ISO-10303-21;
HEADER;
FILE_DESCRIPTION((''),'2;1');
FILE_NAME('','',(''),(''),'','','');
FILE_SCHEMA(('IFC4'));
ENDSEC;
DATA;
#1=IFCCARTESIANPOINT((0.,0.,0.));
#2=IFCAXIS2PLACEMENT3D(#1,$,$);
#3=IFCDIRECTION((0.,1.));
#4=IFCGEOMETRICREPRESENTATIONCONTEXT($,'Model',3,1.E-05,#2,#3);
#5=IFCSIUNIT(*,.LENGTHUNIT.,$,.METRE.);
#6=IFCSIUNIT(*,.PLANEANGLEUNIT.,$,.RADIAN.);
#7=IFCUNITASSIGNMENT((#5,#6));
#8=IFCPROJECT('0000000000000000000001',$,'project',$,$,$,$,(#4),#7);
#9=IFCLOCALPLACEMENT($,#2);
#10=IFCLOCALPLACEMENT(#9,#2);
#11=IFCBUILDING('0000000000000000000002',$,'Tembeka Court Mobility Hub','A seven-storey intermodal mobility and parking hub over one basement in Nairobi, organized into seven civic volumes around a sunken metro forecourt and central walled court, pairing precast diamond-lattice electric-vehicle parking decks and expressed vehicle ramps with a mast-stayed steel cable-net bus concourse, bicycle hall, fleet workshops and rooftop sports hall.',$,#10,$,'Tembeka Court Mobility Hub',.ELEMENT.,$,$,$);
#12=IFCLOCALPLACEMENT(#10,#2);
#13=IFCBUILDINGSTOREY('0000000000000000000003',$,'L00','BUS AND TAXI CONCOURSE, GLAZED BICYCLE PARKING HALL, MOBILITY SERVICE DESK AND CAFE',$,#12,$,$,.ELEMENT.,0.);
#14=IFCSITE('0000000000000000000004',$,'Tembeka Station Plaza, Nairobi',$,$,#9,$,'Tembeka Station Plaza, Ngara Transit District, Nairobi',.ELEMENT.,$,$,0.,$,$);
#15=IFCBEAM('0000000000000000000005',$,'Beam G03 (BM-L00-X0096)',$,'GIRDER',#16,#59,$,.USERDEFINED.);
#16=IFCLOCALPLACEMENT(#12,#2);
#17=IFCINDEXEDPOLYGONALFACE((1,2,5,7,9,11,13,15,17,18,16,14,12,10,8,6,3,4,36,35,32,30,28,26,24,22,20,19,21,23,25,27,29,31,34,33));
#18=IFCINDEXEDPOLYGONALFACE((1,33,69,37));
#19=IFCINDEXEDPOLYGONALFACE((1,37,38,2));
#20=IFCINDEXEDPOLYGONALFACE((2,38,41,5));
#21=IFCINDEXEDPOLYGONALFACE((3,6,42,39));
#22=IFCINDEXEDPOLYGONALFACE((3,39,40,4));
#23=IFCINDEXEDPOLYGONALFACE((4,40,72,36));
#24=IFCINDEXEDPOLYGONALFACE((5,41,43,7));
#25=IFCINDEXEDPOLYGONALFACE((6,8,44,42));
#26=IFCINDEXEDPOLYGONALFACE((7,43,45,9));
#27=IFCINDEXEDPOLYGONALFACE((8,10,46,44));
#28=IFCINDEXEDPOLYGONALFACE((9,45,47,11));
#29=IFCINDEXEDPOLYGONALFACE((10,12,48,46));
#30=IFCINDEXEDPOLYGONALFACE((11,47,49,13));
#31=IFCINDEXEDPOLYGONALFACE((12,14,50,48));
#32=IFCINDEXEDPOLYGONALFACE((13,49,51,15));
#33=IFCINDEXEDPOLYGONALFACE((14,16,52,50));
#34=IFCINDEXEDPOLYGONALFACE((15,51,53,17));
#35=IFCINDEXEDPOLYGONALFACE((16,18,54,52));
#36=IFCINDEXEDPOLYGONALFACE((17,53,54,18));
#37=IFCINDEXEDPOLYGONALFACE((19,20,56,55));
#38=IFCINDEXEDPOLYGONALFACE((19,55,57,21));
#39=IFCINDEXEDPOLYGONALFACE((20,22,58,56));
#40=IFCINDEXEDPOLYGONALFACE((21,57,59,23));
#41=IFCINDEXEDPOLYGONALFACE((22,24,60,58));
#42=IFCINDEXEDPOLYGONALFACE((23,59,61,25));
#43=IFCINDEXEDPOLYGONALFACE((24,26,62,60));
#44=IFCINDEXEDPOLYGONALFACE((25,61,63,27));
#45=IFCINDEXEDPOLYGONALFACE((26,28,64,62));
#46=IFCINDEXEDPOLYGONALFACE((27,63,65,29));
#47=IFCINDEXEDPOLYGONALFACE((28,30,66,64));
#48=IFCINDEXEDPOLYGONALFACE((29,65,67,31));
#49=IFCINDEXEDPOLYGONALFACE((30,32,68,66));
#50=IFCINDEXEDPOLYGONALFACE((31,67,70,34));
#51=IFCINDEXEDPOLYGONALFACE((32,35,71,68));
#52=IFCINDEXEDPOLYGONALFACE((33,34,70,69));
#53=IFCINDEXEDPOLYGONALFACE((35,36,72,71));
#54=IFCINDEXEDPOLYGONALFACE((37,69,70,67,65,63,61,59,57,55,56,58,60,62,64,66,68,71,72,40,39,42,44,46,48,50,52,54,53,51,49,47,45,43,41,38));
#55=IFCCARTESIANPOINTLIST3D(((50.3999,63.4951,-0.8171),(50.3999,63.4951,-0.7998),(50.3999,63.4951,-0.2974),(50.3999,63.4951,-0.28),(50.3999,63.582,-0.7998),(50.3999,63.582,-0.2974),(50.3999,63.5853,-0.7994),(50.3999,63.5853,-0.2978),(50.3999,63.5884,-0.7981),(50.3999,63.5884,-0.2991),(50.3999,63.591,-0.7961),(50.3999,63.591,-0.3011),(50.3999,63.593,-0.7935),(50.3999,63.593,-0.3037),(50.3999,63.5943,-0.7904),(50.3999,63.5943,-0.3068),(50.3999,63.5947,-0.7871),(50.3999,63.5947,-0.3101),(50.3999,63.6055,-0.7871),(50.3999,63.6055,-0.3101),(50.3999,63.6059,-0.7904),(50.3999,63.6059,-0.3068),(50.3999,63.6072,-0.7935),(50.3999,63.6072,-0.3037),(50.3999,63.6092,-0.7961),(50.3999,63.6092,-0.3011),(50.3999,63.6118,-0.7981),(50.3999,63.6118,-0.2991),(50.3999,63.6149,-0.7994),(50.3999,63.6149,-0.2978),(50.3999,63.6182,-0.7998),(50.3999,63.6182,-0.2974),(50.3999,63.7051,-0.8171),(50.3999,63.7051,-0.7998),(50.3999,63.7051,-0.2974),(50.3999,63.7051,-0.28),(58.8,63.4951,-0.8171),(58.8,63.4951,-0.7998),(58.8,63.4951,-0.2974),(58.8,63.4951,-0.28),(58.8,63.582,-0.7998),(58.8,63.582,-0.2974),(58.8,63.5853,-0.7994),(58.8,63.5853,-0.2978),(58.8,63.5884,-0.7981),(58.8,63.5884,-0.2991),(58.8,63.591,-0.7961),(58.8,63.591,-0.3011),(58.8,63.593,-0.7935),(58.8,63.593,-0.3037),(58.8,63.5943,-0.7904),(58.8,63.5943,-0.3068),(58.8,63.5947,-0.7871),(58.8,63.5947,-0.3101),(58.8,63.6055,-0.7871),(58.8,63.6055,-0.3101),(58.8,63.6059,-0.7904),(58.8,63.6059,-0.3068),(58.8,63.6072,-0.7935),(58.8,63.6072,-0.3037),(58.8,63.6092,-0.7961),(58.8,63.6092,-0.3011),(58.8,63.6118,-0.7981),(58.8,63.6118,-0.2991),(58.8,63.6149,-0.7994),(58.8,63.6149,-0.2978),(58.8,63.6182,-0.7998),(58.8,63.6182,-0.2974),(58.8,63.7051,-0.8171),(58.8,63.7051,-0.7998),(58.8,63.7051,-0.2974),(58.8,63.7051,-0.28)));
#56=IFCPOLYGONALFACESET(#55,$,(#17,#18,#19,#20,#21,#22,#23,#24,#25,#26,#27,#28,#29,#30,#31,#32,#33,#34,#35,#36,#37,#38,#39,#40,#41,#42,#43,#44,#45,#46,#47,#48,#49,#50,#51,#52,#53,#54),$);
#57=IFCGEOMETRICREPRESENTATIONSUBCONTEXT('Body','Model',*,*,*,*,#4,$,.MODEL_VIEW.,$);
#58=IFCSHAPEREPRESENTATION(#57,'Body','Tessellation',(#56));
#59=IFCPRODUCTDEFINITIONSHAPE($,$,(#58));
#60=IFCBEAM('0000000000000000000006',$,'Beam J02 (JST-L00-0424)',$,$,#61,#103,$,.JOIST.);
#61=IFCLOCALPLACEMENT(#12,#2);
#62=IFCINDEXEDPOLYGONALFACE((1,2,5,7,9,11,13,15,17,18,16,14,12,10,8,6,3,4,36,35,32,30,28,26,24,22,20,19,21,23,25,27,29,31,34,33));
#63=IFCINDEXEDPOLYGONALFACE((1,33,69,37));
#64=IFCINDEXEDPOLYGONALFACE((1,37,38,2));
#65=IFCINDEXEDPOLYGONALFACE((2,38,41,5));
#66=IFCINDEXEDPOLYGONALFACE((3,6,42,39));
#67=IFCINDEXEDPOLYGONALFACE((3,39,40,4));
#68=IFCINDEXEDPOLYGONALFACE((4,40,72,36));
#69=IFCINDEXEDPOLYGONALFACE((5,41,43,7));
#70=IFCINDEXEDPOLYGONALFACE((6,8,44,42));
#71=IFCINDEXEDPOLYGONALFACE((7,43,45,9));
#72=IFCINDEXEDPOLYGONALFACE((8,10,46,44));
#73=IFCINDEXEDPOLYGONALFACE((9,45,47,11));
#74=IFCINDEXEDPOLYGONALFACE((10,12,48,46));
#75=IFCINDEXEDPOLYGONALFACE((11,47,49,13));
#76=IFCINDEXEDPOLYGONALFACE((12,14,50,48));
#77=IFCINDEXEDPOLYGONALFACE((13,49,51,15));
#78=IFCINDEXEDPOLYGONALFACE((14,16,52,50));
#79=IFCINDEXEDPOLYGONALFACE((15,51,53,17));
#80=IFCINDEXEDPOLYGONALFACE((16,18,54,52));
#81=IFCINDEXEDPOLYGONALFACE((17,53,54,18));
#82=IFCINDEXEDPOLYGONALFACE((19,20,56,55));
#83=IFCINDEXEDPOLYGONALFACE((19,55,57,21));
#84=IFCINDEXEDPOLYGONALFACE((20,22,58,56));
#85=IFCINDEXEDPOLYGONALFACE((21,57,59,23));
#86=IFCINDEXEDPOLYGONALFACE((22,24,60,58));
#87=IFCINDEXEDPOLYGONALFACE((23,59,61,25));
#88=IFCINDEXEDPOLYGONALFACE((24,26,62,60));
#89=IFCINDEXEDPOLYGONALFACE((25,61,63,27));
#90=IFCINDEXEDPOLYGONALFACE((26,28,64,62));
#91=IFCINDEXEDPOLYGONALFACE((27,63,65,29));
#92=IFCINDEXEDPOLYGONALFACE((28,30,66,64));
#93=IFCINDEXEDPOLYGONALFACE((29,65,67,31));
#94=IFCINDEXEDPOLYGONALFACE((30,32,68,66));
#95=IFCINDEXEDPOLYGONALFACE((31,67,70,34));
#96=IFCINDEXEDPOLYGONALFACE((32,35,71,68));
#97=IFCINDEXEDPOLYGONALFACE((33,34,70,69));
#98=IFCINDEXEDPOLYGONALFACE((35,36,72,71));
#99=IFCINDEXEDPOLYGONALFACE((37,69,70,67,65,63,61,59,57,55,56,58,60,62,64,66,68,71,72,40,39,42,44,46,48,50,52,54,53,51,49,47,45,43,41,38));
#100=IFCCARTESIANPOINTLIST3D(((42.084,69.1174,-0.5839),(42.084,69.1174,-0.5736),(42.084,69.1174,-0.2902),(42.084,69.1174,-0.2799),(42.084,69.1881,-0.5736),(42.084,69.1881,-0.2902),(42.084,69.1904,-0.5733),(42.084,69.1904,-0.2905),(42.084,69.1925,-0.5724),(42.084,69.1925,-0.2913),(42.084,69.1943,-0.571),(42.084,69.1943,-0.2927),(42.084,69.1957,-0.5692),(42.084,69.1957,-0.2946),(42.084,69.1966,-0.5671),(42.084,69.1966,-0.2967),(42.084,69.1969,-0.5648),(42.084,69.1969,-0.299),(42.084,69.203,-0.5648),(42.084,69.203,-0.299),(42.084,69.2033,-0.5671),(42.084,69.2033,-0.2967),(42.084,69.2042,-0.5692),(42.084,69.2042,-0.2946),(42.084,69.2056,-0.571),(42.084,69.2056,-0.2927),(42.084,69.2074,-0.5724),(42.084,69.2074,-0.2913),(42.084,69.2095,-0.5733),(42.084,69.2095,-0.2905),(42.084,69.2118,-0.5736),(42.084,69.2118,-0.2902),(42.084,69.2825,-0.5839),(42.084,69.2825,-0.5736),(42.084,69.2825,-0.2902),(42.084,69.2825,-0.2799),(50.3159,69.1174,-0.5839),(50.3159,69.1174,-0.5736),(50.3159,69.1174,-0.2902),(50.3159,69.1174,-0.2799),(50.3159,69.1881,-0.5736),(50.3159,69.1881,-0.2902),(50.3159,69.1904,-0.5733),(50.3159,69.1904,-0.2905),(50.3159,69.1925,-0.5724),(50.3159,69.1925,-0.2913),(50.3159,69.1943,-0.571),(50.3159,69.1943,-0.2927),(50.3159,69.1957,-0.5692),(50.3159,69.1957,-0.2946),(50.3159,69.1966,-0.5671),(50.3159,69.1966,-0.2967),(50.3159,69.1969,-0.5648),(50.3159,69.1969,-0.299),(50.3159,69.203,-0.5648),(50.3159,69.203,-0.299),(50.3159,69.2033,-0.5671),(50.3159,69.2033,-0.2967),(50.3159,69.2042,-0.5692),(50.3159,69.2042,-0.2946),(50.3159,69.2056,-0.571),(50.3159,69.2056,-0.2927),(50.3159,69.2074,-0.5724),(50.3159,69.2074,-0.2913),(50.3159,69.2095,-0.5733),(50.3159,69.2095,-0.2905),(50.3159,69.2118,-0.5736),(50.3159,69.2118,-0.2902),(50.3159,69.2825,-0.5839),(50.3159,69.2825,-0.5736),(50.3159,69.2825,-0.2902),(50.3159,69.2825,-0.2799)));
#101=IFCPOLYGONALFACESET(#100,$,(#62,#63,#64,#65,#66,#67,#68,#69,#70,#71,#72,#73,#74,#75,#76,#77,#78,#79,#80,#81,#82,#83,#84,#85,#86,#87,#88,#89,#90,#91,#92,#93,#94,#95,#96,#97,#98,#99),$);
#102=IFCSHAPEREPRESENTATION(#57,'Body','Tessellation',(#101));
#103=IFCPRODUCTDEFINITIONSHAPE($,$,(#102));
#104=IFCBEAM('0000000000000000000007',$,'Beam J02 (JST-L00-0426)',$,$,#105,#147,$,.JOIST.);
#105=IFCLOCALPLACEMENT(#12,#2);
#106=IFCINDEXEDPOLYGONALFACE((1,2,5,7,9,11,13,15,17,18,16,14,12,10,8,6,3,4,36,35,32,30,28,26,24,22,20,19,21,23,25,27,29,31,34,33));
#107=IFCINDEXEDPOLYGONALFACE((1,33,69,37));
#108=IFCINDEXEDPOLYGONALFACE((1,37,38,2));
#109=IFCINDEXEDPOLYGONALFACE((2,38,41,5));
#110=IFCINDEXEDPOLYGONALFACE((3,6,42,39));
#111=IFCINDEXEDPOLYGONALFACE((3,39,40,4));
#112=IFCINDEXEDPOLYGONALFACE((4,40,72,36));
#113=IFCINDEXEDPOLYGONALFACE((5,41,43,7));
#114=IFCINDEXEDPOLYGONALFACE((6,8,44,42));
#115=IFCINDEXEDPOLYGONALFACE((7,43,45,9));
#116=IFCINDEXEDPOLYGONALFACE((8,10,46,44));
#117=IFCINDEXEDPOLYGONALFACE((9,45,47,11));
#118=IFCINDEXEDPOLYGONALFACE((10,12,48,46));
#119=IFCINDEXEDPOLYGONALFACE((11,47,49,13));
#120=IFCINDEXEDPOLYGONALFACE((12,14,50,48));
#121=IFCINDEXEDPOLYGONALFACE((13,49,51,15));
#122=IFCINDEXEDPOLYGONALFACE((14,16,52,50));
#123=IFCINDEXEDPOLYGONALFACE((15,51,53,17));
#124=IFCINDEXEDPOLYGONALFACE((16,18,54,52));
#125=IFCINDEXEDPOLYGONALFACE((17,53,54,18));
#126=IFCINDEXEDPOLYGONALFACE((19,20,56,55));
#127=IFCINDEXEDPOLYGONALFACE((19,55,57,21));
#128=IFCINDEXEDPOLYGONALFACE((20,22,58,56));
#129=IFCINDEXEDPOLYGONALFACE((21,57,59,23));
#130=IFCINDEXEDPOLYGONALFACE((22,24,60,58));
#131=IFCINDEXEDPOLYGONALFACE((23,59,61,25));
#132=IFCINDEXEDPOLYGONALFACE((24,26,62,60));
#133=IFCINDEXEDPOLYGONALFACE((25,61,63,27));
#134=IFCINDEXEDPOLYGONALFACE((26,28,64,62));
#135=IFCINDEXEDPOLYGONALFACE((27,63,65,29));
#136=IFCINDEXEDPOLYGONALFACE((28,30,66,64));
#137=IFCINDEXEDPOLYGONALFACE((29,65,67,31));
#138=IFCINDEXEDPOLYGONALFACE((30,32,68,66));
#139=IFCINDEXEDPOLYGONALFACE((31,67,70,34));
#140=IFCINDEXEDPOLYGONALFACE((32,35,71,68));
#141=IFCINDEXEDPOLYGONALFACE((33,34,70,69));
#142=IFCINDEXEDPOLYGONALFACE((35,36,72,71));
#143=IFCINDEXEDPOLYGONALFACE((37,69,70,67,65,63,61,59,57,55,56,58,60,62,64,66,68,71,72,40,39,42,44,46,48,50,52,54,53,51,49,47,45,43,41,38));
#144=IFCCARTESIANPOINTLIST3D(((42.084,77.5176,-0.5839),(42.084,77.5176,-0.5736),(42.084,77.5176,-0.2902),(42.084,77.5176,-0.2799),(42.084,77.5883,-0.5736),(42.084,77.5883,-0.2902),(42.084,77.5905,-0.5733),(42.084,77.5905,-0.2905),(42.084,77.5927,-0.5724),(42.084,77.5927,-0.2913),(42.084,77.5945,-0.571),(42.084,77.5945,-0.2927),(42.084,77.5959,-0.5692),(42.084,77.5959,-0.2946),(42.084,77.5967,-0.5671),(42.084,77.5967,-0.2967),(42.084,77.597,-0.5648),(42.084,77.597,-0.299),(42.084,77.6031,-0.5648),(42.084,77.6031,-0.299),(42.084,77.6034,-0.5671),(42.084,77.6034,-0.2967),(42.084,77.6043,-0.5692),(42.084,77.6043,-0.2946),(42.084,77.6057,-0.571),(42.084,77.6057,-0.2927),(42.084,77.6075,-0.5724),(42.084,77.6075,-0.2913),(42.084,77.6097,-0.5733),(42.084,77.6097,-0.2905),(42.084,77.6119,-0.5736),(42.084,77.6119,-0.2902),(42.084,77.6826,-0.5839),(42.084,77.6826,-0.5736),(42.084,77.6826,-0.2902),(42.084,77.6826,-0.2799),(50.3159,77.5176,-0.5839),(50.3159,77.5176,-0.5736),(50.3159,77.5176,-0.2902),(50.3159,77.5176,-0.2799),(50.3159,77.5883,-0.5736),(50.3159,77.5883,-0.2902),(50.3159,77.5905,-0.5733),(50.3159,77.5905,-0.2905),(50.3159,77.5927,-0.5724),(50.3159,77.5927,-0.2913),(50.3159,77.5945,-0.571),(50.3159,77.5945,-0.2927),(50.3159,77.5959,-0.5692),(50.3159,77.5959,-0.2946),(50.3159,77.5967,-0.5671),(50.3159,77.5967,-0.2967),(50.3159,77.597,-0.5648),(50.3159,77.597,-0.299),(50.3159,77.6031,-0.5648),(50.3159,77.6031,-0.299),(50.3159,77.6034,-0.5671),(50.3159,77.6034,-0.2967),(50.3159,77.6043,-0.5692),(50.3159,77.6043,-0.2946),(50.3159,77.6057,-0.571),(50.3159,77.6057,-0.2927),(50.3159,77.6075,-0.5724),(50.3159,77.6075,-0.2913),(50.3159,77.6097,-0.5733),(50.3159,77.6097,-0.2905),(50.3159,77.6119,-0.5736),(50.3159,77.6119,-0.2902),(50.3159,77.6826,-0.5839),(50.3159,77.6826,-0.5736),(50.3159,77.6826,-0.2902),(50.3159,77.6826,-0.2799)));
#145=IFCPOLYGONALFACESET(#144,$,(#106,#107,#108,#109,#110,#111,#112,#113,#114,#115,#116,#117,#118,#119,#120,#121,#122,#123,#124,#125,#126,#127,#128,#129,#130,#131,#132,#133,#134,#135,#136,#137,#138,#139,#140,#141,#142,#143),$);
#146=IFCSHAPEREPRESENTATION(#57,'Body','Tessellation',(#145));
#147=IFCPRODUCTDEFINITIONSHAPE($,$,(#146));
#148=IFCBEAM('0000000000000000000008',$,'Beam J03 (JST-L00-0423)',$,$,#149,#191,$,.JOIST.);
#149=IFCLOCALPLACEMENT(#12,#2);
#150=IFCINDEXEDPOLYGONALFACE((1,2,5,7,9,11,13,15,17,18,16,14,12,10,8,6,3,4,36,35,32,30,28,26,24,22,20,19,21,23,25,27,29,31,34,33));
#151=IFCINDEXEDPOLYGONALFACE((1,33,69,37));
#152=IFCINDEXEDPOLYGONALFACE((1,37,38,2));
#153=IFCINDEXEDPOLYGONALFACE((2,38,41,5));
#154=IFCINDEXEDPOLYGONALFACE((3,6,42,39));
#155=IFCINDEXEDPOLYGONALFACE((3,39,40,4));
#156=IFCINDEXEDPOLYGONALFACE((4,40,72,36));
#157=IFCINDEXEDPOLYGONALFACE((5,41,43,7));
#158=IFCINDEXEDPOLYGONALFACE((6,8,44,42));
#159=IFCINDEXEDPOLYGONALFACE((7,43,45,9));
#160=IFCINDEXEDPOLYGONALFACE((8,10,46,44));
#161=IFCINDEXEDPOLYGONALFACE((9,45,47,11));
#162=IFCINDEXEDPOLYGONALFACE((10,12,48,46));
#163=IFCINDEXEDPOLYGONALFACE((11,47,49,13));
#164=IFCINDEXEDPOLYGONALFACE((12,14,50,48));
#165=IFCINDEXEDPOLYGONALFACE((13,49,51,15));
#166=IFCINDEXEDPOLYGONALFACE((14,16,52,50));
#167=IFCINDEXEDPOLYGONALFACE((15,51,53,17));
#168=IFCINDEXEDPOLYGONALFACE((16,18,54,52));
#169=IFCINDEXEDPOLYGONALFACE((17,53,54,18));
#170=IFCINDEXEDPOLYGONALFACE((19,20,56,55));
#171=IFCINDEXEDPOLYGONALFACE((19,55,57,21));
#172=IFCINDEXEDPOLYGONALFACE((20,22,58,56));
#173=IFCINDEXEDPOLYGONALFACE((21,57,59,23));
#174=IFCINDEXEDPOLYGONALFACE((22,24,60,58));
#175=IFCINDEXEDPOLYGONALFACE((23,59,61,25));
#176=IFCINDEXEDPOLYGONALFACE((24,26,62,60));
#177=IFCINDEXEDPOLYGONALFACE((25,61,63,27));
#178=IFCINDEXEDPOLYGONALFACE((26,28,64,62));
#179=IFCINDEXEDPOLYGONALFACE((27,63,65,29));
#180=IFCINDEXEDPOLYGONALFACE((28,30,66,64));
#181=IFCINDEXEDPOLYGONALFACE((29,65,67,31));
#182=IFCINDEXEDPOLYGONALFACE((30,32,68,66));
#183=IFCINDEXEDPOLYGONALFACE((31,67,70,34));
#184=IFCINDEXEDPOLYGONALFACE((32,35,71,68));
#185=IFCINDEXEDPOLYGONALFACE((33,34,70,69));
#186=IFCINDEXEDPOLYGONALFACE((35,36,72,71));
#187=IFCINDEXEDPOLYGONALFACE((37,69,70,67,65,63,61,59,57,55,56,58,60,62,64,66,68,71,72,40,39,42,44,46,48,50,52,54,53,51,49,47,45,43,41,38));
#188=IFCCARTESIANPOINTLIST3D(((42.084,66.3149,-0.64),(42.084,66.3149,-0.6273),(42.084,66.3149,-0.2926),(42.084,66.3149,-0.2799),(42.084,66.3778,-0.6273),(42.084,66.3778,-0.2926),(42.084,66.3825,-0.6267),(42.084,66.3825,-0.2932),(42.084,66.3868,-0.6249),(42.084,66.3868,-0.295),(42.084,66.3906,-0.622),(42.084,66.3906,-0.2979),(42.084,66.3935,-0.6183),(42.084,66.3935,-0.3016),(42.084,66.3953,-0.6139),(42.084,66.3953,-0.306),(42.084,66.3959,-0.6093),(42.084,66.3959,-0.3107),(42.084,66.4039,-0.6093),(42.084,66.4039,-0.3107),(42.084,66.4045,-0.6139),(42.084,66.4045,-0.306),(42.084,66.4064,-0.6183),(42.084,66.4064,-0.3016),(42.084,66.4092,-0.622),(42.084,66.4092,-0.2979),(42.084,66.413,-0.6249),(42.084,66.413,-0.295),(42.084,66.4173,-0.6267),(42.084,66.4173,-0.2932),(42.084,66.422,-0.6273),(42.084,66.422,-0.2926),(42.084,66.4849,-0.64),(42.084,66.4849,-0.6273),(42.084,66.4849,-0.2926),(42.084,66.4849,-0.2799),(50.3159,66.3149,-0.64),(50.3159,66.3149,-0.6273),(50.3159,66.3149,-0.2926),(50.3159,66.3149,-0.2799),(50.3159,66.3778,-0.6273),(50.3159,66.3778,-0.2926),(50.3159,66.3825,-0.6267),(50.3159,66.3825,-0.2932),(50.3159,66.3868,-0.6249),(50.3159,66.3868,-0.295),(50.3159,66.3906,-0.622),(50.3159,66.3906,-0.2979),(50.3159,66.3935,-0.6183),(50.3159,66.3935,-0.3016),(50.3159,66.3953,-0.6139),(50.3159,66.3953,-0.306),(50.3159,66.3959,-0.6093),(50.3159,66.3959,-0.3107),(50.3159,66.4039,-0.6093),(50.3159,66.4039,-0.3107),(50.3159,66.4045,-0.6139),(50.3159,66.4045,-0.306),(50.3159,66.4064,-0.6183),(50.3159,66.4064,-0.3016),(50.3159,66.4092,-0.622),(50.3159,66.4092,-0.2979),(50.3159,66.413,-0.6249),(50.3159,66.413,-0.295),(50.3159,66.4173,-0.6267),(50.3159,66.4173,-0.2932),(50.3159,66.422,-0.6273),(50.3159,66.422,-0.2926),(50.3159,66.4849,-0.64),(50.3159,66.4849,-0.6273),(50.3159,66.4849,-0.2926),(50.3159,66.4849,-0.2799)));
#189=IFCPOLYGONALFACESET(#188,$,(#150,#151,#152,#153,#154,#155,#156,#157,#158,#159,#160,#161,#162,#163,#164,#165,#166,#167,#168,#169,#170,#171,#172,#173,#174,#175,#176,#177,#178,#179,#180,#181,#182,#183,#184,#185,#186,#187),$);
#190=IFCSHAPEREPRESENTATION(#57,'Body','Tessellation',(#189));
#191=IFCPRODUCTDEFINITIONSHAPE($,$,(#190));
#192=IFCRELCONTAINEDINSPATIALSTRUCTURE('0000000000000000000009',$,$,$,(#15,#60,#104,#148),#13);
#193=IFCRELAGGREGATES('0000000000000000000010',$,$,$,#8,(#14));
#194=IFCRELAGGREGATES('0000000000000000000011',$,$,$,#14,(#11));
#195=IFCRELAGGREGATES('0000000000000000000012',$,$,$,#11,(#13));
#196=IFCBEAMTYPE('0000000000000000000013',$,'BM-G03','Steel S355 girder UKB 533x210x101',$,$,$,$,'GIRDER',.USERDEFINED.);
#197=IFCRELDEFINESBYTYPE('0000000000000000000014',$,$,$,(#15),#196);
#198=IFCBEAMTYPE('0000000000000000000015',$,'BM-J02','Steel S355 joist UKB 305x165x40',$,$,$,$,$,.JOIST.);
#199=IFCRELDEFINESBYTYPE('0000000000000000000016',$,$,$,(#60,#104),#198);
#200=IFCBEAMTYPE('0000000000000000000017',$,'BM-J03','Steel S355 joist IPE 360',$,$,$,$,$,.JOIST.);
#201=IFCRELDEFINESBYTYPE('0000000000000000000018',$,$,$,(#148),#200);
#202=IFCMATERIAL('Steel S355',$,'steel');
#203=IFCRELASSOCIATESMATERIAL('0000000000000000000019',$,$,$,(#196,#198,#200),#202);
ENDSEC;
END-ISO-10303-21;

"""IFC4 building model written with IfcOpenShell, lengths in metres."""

from ifc_helpers import new_model, si_unit, direction, frame, origin, origin_2d, place, context, subcontext, project, spatial, i_section, extrude, material, material_profile, profile_set, type_object, element, save


model = new_model("IFC4")

# Units and contexts
model_context = context("Model", 3, precision=1e-05, world=origin(), true_north=direction((0.0, 1.0)))
body_context = subcontext(model_context, "Body", "Model", "MODEL_VIEW")
ifc_project = project(units=[si_unit("LENGTHUNIT", "METRE"), si_unit("PLANEANGLEUNIT", "RADIAN")], contexts=[model_context])

# Site, building, storey
site_placement = place(None, origin())
site = spatial("IfcSite", under=ifc_project, at=site_placement, Name="Tembeka Station Plaza, Nairobi", LongName="Tembeka Station Plaza, Ngara Transit District, Nairobi", CompositionType="ELEMENT", RefElevation=0.0)
building_placement = place(site_placement, origin())
building = spatial("IfcBuilding", under=site, at=building_placement, Name="Tembeka Court Mobility Hub", Description="A seven-storey intermodal mobility and parking hub over one basement in Nairobi, organized into seven civic volumes around a sunken metro forecourt and central walled court, pairing precast diamond-lattice electric-vehicle parking decks and expressed vehicle ramps with a mast-stayed steel cable-net bus concourse, bicycle hall, fleet workshops and rooftop sports hall.", LongName="Tembeka Court Mobility Hub", CompositionType="ELEMENT")
storey_placement = place(building_placement, origin())
storey = spatial("IfcBuildingStorey", under=building, at=storey_placement, Name="L00", Description="BUS AND TAXI CONCOURSE, GLAZED BICYCLE PARKING HALL, MOBILITY SERVICE DESK AND CAFE", CompositionType="ELEMENT", Elevation=0.0)

# Shared definitions
ifc_material_1 = material(Name="Steel S355", Category="steel")

# Beams
ifc_material_profile_1 = material_profile(ifc_material_1, i_section(OverallWidth=0.21, OverallDepth=0.5371, WebThickness=0.0107, FlangeThickness=0.0173, FilletRadius=0.0127, at=origin_2d()), Name="UKB 533x210x101")
ifc_profile_set_1 = profile_set([ifc_material_profile_1], Name="Steel S355")
beam_type_1 = type_object("IfcBeamType", Name="BM-G03", Description="Steel S355 girder UKB 533x210x101", ElementType="GIRDER", PredefinedType="USERDEFINED", material=ifc_profile_set_1)
beam_placement = place(storey_placement, frame((50.3999, 63.6001, -0.5486), z_axis=(1.0, 0.0, 0.0), x_axis=(0.0, 1.0, 0.0)))
element("IfcBeam", 1, at=beam_placement, inside=storey, type_object=beam_type_1, Name="Beam G03 (BM-L00-X0096)", ObjectType="GIRDER", PredefinedType="USERDEFINED", context=body_context, shape_type="SweptSolid", body=[
    extrude(i_section(OverallWidth=0.21, OverallDepth=0.5371, WebThickness=0.0107, FlangeThickness=0.0173, FilletRadius=0.0127, at=origin_2d()), origin(), (0.0, 0.0, 1.0), 8.4001),
])
ifc_material_profile_2 = material_profile(ifc_material_1, i_section(OverallWidth=0.165, OverallDepth=0.304, WebThickness=0.0061, FlangeThickness=0.0103, FilletRadius=0.0088, at=origin_2d()), Name="UKB 305x165x40")
ifc_profile_set_2 = profile_set([ifc_material_profile_2], Name="Steel S355")
beam_type_2 = type_object("IfcBeamType", Name="BM-J02", Description="Steel S355 joist UKB 305x165x40", PredefinedType="JOIST", material=ifc_profile_set_2)
for number, where, z_axis, x_axis, name in (
    (2, (42.084, 69.2, -0.4319), (1.0, 0.0, 0.0), (0.0, 1.0, 0.0), "Beam J02 (JST-L00-0424)"),
    (3, (42.084, 77.6001, -0.4319), (1.0, 0.0, 0.0), (0.0, 1.0, 0.0), "Beam J02 (JST-L00-0426)"),
):
    element("IfcBeam", number, at=place(storey_placement, frame(where, z_axis=z_axis, x_axis=x_axis)), inside=storey, type_object=beam_type_2, Name=name, PredefinedType="JOIST", context=body_context, shape_type="SweptSolid", body=[
        extrude(i_section(OverallWidth=0.165, OverallDepth=0.304, WebThickness=0.0061, FlangeThickness=0.0103, FilletRadius=0.0088, at=origin_2d()), origin(), (0.0, 0.0, 1.0), 8.2319),
    ])
ifc_material_profile_3 = material_profile(ifc_material_1, i_section(OverallWidth=0.1699, OverallDepth=0.3601, WebThickness=0.0081, FlangeThickness=0.0127, FilletRadius=0.0181, at=origin_2d()), Name="IPE 360")
ifc_profile_set_3 = profile_set([ifc_material_profile_3], Name="Steel S355")
beam_type_3 = type_object("IfcBeamType", Name="BM-J03", Description="Steel S355 joist IPE 360", PredefinedType="JOIST", material=ifc_profile_set_3)
for number, where, z_axis, x_axis, name in (
    (4, (42.084, 66.3999, -0.46), (1.0, 0.0, 0.0), (0.0, 1.0, 0.0), "Beam J03 (JST-L00-0423)"),
):
    element("IfcBeam", number, at=place(storey_placement, frame(where, z_axis=z_axis, x_axis=x_axis)), inside=storey, type_object=beam_type_3, Name=name, PredefinedType="JOIST", context=body_context, shape_type="SweptSolid", body=[
        extrude(i_section(OverallWidth=0.1699, OverallDepth=0.3601, WebThickness=0.0081, FlangeThickness=0.0127, FilletRadius=0.0181, at=origin_2d()), origin(), (0.0, 0.0, 1.0), 8.2319),
    ])

save(model, "model.ifc")
